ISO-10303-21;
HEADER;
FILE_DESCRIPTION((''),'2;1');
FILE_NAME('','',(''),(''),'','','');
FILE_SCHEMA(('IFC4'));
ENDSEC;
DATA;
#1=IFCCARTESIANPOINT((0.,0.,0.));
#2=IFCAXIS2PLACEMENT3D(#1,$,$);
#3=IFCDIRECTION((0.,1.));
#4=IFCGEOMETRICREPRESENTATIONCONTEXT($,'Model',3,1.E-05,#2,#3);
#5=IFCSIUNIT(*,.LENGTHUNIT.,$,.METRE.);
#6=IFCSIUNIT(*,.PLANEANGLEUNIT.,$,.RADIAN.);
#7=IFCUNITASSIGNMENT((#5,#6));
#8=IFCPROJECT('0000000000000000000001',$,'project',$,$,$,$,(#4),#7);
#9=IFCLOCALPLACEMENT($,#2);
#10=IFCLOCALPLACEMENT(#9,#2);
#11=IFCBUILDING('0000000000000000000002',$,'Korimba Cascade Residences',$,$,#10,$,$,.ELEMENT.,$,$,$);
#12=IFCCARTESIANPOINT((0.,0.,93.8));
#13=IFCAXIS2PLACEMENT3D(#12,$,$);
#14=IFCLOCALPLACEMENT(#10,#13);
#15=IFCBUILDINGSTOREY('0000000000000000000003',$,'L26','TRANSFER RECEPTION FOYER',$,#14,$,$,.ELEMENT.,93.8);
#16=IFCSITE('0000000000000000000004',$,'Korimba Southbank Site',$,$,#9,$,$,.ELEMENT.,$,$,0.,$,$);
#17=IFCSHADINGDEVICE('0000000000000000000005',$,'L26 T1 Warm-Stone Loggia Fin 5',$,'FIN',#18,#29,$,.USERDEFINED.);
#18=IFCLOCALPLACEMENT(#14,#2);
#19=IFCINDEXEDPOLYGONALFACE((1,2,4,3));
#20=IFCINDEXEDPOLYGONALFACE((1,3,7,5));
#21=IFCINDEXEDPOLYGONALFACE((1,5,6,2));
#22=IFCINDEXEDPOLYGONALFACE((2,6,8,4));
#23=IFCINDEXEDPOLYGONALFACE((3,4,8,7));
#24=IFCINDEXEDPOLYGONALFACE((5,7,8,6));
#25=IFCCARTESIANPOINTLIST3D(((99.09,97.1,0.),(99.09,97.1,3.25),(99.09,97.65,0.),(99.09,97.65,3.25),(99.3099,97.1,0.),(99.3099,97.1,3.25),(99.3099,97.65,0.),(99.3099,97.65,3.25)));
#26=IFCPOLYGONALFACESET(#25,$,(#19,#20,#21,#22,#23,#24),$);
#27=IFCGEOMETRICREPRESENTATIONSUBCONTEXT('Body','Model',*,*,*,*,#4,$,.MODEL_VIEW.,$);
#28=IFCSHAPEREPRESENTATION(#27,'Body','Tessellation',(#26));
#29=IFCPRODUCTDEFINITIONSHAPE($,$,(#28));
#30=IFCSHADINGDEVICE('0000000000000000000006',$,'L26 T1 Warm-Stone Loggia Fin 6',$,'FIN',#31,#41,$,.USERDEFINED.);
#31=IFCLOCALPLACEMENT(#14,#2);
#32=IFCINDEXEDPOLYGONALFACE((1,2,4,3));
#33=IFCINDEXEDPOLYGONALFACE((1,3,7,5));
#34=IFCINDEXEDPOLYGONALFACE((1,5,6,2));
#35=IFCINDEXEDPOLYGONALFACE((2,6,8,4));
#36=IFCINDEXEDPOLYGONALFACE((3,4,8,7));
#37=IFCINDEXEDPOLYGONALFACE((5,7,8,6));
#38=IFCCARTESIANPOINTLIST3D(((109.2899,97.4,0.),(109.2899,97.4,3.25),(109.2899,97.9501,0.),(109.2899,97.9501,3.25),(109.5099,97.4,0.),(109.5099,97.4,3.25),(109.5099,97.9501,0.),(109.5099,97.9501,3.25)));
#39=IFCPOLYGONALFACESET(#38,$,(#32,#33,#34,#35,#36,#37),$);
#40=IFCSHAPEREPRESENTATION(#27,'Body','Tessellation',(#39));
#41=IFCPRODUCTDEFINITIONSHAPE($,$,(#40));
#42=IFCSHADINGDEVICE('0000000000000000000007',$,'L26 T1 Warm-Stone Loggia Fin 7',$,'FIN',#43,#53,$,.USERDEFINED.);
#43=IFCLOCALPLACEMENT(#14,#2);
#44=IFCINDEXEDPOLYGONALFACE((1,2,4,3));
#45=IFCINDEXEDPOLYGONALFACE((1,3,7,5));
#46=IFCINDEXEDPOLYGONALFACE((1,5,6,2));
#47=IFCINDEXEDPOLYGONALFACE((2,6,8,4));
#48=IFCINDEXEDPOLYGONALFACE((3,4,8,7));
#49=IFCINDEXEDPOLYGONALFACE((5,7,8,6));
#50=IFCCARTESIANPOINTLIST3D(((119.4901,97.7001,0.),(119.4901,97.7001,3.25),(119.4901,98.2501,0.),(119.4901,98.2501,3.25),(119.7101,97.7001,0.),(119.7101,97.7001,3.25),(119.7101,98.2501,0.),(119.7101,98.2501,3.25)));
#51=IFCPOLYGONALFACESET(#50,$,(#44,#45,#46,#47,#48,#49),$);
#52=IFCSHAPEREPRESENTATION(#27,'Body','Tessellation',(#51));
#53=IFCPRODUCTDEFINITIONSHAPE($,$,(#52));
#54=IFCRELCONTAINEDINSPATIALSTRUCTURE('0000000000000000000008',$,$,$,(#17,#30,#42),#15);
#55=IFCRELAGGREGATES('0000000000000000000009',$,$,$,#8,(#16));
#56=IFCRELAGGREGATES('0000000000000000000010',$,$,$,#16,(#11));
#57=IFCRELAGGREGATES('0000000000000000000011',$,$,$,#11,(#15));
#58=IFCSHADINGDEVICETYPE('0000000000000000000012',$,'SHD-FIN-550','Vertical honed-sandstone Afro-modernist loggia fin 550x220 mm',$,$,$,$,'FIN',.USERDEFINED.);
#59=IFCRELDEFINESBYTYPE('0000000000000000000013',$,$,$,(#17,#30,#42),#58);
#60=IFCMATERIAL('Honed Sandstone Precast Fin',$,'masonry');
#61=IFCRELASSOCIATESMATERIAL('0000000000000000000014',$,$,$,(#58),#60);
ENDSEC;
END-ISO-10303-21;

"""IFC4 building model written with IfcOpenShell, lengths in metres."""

from ifc_helpers import new_model, si_unit, direction, frame, origin, origin_2d, place, context, subcontext, project, spatial, rectangle, extrude, material, type_object, element, save


model = new_model("IFC4")

# Units and contexts
model_context = context("Model", 3, precision=1e-05, world=origin(), true_north=direction((0.0, 1.0)))
body_context = subcontext(model_context, "Body", "Model", "MODEL_VIEW")
ifc_project = project(units=[si_unit("LENGTHUNIT", "METRE"), si_unit("PLANEANGLEUNIT", "RADIAN")], contexts=[model_context])

# Site, building, storey
site_placement = place(None, origin())
site = spatial("IfcSite", under=ifc_project, at=site_placement, Name="Korimba Southbank Site", CompositionType="ELEMENT", RefElevation=0.0)
building_placement = place(site_placement, origin())
building = spatial("IfcBuilding", under=site, at=building_placement, Name="Korimba Cascade Residences", CompositionType="ELEMENT")
storey_placement = place(building_placement, frame((0.0, 0.0, 93.8)))
storey = spatial("IfcBuildingStorey", under=building, at=storey_placement, Name="L26", Description="TRANSFER RECEPTION FOYER", CompositionType="ELEMENT", Elevation=93.8)

# Shading devices
ifc_material_1 = material(Name="Honed Sandstone Precast Fin", Category="masonry")
shading_device_type = type_object("IfcShadingDeviceType", Name="SHD-FIN-550", Description="Vertical honed-sandstone Afro-modernist loggia fin 550x220 mm", ElementType="FIN", PredefinedType="USERDEFINED", material=ifc_material_1)
for number, where, z_axis, x_axis, name in (
    (1, (99.2, 97.375, 0.0), (0.0, 0.0, 1.0), (1.0, 0.0, 0.0), "L26 T1 Warm-Stone Loggia Fin 5"),
    (2, (109.3999, 97.675, 0.0), (0.0, 0.0, 1.0), (1.0, 0.0, 0.0), "L26 T1 Warm-Stone Loggia Fin 6"),
    (3, (119.6001, 97.9751, 0.0), (0.0, 0.0, 1.0), (1.0, 0.0, 0.0), "L26 T1 Warm-Stone Loggia Fin 7"),
):
    element("IfcShadingDevice", number, at=place(storey_placement, frame(where, z_axis=z_axis, x_axis=x_axis)), inside=storey, type_object=shading_device_type, Name=name, ObjectType="FIN", PredefinedType="USERDEFINED", context=body_context, shape_type="SweptSolid", body=[
        extrude(rectangle(XDim=0.22, YDim=0.55, at=origin_2d()), origin(), (0.0, 0.0, 1.0), 3.25),
    ])

save(model, "model.ifc")
